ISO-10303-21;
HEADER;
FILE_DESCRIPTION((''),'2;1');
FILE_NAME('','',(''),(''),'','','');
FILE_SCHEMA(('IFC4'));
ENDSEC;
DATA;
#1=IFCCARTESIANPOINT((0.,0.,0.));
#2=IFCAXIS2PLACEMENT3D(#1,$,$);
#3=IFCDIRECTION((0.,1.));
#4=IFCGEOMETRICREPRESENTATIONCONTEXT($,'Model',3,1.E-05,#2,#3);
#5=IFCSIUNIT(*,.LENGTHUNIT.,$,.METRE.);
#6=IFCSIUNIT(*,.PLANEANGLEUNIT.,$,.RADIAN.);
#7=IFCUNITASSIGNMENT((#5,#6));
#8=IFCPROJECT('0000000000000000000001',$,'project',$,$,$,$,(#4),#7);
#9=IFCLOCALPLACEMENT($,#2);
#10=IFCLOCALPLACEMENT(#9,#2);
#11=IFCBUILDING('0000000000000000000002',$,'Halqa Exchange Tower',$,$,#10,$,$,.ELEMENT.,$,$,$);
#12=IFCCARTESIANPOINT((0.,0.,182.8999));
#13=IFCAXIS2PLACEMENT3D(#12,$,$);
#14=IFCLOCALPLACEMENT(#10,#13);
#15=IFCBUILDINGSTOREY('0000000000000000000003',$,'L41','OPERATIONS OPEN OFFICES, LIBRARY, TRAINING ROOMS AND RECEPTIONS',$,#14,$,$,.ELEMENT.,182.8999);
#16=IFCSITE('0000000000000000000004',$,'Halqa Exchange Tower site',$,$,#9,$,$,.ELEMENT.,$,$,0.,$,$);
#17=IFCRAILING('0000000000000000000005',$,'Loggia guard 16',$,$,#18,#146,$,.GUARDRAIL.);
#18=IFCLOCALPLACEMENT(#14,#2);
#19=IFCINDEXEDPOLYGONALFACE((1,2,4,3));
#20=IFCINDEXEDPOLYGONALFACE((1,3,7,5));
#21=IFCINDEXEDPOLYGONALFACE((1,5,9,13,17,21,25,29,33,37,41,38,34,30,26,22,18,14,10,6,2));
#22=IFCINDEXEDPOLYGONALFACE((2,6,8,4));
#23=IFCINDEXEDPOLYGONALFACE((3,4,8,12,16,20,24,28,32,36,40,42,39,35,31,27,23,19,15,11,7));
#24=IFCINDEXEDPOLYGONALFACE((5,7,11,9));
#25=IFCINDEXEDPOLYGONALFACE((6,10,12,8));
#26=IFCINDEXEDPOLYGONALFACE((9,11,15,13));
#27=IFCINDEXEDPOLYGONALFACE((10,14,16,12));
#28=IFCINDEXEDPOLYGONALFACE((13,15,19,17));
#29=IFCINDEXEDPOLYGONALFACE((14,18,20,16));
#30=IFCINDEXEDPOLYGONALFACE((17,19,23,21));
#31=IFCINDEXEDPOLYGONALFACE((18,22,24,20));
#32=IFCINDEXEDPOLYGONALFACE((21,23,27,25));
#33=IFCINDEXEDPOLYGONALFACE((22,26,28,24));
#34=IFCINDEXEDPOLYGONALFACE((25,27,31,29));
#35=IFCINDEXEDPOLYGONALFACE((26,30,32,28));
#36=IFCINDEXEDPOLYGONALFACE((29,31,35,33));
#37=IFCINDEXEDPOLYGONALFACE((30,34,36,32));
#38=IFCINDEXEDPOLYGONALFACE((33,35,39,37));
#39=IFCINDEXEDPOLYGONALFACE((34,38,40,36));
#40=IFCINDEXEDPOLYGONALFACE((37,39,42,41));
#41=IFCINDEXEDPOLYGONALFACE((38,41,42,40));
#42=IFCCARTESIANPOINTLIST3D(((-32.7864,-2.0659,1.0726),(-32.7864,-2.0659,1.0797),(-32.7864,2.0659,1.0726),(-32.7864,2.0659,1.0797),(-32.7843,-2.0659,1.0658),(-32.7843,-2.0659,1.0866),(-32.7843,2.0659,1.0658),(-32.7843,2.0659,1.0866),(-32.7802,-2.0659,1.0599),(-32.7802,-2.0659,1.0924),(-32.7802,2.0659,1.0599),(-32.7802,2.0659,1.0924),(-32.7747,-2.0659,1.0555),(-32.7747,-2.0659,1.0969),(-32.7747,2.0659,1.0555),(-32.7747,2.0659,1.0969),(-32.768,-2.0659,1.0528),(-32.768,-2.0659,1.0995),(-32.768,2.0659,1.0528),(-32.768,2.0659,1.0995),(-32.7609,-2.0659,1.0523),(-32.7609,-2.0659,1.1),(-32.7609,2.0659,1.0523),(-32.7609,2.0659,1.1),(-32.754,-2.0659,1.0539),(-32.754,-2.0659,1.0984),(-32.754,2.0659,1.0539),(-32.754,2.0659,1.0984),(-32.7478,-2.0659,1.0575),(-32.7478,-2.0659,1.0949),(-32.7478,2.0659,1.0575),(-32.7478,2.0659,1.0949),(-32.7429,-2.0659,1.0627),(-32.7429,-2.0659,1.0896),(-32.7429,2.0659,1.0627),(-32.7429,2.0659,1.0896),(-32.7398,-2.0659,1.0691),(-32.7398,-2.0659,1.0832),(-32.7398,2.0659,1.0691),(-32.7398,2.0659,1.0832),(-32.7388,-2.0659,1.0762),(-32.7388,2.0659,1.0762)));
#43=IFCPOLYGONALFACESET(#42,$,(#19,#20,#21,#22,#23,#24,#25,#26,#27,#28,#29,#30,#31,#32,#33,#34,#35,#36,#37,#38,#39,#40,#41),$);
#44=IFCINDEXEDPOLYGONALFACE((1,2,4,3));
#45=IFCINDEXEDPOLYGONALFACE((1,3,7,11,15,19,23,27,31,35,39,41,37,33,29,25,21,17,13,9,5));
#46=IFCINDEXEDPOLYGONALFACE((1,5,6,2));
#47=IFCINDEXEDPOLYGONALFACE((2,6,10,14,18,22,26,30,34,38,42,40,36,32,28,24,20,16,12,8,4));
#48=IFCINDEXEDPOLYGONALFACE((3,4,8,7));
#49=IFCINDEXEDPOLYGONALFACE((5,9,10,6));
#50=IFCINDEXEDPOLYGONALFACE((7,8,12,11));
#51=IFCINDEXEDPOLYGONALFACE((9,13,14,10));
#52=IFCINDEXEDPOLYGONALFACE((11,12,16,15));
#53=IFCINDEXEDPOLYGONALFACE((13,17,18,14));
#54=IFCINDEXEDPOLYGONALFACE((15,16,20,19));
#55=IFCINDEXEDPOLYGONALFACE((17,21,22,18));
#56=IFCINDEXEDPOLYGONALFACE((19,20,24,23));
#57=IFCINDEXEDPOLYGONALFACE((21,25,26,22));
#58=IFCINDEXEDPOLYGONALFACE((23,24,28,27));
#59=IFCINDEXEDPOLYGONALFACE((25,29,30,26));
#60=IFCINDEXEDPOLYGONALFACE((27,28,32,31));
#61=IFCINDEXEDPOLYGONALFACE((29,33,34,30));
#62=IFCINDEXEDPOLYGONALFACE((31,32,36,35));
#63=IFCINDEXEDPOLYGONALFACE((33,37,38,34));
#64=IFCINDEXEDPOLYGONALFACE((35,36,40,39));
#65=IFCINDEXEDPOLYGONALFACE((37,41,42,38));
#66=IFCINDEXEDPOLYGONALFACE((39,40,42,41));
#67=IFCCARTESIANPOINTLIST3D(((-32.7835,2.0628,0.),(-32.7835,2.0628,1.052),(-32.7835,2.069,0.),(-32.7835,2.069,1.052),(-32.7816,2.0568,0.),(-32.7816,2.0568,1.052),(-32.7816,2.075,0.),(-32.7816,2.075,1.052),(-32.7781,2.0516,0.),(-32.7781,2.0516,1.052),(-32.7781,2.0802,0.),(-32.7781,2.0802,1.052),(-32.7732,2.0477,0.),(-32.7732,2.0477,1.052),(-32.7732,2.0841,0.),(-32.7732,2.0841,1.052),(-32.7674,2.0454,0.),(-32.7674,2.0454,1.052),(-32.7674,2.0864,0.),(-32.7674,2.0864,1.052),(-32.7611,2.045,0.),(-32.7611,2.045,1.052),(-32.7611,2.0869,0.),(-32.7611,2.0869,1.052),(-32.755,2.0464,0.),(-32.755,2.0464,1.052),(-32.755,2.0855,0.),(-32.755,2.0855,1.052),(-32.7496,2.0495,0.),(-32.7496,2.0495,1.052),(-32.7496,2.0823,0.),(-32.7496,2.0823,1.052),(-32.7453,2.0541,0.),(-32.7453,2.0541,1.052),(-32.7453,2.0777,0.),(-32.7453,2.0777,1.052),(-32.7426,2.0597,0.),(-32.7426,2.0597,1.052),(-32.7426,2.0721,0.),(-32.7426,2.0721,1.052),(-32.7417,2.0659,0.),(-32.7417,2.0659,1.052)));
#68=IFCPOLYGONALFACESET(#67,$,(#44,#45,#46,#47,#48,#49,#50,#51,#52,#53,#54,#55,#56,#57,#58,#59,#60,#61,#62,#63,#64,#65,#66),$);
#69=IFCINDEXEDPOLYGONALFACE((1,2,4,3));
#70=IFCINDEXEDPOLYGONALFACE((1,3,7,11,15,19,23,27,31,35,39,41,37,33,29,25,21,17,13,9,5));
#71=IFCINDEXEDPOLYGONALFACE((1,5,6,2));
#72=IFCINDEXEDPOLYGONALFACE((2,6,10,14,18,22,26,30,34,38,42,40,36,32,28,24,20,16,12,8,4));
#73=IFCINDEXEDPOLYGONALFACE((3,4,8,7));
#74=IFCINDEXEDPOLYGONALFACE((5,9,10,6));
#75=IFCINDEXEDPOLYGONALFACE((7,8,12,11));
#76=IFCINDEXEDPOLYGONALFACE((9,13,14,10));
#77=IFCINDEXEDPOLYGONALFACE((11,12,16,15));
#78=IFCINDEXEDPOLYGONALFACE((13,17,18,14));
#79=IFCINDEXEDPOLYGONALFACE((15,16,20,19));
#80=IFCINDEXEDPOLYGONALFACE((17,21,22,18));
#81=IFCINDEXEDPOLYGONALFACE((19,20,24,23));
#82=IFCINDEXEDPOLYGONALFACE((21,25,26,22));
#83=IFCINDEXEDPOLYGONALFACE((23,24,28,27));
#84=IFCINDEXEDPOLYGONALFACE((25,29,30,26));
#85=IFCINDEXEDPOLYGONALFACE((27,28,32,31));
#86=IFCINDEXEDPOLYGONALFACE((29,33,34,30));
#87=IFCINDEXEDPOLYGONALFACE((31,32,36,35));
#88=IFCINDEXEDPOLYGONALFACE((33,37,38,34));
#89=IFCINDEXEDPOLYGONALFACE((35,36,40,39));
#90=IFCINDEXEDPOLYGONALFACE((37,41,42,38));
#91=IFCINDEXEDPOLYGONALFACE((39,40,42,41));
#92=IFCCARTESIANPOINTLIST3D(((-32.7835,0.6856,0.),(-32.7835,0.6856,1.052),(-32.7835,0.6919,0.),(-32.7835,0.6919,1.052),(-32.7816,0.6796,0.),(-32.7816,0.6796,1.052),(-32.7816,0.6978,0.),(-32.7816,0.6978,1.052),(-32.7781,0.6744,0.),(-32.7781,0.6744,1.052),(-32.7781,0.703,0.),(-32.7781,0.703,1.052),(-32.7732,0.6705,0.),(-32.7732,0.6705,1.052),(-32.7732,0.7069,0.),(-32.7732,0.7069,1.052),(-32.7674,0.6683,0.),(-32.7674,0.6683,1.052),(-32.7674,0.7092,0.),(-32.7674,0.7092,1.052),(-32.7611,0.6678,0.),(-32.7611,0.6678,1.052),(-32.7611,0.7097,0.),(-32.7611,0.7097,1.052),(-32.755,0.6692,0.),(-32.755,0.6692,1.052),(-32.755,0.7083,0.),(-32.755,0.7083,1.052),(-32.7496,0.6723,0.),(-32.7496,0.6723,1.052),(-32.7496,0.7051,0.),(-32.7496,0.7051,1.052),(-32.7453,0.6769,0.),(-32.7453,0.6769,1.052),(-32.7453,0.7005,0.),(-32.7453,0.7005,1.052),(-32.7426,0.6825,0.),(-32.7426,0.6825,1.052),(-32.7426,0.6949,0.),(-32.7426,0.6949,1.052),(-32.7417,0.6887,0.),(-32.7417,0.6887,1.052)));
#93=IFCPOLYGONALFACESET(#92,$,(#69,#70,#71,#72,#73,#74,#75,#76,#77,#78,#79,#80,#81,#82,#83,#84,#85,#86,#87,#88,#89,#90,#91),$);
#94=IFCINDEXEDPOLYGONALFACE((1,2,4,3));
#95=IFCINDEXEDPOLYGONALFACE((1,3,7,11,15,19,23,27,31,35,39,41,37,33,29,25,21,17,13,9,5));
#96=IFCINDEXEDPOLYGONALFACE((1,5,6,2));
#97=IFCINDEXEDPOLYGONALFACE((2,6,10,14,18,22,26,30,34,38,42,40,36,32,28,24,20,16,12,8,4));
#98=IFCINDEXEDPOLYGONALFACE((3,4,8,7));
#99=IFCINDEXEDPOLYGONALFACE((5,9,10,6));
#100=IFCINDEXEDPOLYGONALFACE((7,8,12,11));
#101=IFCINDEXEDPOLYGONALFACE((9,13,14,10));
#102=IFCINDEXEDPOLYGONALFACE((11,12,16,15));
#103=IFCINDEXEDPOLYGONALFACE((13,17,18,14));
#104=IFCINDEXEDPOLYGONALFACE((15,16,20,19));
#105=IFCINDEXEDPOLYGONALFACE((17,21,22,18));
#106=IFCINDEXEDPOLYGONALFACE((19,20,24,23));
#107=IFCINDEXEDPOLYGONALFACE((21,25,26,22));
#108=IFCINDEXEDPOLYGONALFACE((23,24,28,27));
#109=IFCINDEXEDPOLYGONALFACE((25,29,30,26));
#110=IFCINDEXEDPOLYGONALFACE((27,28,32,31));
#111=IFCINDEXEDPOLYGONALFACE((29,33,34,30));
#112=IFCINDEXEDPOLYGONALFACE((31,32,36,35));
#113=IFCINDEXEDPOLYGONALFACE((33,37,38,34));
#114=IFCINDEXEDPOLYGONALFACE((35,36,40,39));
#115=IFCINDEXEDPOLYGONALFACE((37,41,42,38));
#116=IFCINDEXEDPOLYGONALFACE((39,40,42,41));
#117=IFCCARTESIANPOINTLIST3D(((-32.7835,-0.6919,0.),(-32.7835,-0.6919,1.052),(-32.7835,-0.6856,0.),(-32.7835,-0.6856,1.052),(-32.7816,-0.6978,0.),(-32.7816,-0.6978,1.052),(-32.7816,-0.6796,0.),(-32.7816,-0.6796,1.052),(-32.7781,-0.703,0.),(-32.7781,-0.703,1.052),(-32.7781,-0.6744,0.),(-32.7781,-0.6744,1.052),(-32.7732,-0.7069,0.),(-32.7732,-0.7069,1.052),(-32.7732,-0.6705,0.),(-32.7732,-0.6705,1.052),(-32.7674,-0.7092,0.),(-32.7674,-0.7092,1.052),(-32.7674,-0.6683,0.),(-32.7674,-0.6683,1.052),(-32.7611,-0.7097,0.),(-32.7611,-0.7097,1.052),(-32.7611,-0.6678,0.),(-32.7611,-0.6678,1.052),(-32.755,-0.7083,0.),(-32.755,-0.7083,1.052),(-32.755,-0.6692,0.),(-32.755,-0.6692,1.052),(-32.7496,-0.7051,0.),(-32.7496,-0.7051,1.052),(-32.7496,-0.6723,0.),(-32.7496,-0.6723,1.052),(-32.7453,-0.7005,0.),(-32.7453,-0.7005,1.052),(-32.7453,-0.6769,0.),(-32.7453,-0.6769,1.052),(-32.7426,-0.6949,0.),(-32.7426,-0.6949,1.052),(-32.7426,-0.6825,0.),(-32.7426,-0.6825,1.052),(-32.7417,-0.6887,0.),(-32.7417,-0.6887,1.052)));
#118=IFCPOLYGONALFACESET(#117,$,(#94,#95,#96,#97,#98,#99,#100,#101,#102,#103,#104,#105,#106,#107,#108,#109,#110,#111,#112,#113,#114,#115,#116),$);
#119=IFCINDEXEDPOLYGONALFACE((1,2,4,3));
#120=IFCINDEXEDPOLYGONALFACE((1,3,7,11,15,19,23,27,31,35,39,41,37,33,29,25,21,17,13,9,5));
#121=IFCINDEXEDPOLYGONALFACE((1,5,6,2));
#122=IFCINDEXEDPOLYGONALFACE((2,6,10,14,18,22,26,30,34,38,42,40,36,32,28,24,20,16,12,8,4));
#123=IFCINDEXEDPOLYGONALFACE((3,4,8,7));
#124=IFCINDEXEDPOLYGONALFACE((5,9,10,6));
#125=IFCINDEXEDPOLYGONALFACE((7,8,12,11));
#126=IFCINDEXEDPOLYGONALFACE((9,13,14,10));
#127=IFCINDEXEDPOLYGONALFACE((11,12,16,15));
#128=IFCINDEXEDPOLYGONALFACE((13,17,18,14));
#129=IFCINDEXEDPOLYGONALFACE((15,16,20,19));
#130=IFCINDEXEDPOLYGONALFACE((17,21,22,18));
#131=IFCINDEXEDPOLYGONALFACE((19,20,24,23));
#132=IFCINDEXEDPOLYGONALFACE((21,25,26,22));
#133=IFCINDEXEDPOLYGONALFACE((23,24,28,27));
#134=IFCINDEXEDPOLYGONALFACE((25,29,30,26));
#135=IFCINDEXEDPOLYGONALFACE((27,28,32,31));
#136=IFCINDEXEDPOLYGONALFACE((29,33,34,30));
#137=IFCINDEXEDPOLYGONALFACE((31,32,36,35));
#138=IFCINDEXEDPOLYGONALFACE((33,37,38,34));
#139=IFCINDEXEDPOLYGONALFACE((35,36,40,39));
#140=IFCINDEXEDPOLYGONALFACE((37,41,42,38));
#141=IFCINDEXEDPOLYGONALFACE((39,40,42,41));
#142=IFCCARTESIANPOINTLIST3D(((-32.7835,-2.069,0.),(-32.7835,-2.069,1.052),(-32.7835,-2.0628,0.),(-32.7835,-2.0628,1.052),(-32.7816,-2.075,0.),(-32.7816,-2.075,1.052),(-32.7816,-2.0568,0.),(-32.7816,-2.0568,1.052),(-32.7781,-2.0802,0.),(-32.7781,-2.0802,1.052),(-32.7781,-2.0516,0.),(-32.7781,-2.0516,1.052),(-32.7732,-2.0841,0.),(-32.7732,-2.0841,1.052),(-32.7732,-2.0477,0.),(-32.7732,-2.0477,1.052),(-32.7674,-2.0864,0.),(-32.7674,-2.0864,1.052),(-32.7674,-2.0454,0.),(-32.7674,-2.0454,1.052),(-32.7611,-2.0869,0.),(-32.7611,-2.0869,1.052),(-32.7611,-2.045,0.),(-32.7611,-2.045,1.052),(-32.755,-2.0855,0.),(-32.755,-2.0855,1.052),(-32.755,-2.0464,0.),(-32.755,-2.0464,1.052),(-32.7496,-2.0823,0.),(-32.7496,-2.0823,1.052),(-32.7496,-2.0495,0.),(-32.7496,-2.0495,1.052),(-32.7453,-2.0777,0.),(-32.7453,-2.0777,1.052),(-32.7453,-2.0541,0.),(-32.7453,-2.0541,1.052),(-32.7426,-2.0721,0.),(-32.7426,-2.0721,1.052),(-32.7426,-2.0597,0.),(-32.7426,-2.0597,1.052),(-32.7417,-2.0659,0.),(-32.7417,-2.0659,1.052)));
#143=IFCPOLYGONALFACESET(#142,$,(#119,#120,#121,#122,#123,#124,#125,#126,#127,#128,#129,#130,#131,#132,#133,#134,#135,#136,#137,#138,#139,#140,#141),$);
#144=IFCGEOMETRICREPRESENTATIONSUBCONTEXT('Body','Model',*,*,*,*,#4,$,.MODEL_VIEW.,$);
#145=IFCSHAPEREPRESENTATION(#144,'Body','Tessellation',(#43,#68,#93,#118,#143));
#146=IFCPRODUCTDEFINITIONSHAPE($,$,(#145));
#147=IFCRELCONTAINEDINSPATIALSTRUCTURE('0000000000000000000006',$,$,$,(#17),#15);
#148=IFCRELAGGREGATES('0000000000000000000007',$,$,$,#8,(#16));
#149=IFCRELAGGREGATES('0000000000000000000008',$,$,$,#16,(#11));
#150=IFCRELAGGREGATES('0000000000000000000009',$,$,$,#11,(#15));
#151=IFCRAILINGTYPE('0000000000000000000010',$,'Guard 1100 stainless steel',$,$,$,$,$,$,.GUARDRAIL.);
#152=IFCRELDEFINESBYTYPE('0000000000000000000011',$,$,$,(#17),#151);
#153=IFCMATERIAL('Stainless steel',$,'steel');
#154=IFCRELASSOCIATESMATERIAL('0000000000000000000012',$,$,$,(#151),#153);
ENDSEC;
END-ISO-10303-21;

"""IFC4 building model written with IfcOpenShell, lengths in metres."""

from ifc_helpers import new_model, si_unit, direction, frame, origin, origin_2d, place, context, subcontext, project, spatial, circle, extrude, material, type_object, element, save


model = new_model("IFC4")

# Units and contexts
model_context = context("Model", 3, precision=1e-05, world=origin(), true_north=direction((0.0, 1.0)))
body_context = subcontext(model_context, "Body", "Model", "MODEL_VIEW")
ifc_project = project(units=[si_unit("LENGTHUNIT", "METRE"), si_unit("PLANEANGLEUNIT", "RADIAN")], contexts=[model_context])

# Site, building, storey
site_placement = place(None, origin())
site = spatial("IfcSite", under=ifc_project, at=site_placement, Name="Halqa Exchange Tower site", CompositionType="ELEMENT", RefElevation=0.0)
building_placement = place(site_placement, origin())
building = spatial("IfcBuilding", under=site, at=building_placement, Name="Halqa Exchange Tower", CompositionType="ELEMENT")
storey_placement = place(building_placement, frame((0.0, 0.0, 182.8999)))
storey = spatial("IfcBuildingStorey", under=building, at=storey_placement, Name="L41", Description="OPERATIONS OPEN OFFICES, LIBRARY, TRAINING ROOMS AND RECEPTIONS", CompositionType="ELEMENT", Elevation=182.8999)

# Railing
ifc_material_1 = material(Name="Stainless steel", Category="steel")
railing_type = type_object("IfcRailingType", Name="Guard 1100 stainless steel", PredefinedType="GUARDRAIL", material=ifc_material_1)
railing_1_placement = place(storey_placement, frame((-32.7627, 2.0659, 0.0)))
element("IfcRailing", 1, at=railing_1_placement, inside=storey, type_object=railing_type, Name="Loggia guard 16", PredefinedType="GUARDRAIL", context=body_context, shape_type="SweptSolid", body=[
    extrude(circle(Radius=0.0239, at=origin_2d()), frame((0.0, 0.0, 1.0762), z_axis=(0.0, -1.0, 0.0), x_axis=(1.0, 0.0, 0.0)), (0.0, 0.0, 1.0), 4.1318),
    extrude(circle(Radius=0.021, at=origin_2d()), origin(), (0.0, 0.0, 1.0), 1.052),
    extrude(circle(Radius=0.021, at=origin_2d()), frame((0.0, -1.3772, 0.0)), (0.0, 0.0, 1.0), 1.052),
    extrude(circle(Radius=0.021, at=origin_2d()), frame((0.0, -2.7546, 0.0)), (0.0, 0.0, 1.0), 1.052),
    extrude(circle(Radius=0.021, at=origin_2d()), frame((0.0, -4.1318, 0.0)), (0.0, 0.0, 1.0), 1.052),
])

save(model, "model.ifc")
